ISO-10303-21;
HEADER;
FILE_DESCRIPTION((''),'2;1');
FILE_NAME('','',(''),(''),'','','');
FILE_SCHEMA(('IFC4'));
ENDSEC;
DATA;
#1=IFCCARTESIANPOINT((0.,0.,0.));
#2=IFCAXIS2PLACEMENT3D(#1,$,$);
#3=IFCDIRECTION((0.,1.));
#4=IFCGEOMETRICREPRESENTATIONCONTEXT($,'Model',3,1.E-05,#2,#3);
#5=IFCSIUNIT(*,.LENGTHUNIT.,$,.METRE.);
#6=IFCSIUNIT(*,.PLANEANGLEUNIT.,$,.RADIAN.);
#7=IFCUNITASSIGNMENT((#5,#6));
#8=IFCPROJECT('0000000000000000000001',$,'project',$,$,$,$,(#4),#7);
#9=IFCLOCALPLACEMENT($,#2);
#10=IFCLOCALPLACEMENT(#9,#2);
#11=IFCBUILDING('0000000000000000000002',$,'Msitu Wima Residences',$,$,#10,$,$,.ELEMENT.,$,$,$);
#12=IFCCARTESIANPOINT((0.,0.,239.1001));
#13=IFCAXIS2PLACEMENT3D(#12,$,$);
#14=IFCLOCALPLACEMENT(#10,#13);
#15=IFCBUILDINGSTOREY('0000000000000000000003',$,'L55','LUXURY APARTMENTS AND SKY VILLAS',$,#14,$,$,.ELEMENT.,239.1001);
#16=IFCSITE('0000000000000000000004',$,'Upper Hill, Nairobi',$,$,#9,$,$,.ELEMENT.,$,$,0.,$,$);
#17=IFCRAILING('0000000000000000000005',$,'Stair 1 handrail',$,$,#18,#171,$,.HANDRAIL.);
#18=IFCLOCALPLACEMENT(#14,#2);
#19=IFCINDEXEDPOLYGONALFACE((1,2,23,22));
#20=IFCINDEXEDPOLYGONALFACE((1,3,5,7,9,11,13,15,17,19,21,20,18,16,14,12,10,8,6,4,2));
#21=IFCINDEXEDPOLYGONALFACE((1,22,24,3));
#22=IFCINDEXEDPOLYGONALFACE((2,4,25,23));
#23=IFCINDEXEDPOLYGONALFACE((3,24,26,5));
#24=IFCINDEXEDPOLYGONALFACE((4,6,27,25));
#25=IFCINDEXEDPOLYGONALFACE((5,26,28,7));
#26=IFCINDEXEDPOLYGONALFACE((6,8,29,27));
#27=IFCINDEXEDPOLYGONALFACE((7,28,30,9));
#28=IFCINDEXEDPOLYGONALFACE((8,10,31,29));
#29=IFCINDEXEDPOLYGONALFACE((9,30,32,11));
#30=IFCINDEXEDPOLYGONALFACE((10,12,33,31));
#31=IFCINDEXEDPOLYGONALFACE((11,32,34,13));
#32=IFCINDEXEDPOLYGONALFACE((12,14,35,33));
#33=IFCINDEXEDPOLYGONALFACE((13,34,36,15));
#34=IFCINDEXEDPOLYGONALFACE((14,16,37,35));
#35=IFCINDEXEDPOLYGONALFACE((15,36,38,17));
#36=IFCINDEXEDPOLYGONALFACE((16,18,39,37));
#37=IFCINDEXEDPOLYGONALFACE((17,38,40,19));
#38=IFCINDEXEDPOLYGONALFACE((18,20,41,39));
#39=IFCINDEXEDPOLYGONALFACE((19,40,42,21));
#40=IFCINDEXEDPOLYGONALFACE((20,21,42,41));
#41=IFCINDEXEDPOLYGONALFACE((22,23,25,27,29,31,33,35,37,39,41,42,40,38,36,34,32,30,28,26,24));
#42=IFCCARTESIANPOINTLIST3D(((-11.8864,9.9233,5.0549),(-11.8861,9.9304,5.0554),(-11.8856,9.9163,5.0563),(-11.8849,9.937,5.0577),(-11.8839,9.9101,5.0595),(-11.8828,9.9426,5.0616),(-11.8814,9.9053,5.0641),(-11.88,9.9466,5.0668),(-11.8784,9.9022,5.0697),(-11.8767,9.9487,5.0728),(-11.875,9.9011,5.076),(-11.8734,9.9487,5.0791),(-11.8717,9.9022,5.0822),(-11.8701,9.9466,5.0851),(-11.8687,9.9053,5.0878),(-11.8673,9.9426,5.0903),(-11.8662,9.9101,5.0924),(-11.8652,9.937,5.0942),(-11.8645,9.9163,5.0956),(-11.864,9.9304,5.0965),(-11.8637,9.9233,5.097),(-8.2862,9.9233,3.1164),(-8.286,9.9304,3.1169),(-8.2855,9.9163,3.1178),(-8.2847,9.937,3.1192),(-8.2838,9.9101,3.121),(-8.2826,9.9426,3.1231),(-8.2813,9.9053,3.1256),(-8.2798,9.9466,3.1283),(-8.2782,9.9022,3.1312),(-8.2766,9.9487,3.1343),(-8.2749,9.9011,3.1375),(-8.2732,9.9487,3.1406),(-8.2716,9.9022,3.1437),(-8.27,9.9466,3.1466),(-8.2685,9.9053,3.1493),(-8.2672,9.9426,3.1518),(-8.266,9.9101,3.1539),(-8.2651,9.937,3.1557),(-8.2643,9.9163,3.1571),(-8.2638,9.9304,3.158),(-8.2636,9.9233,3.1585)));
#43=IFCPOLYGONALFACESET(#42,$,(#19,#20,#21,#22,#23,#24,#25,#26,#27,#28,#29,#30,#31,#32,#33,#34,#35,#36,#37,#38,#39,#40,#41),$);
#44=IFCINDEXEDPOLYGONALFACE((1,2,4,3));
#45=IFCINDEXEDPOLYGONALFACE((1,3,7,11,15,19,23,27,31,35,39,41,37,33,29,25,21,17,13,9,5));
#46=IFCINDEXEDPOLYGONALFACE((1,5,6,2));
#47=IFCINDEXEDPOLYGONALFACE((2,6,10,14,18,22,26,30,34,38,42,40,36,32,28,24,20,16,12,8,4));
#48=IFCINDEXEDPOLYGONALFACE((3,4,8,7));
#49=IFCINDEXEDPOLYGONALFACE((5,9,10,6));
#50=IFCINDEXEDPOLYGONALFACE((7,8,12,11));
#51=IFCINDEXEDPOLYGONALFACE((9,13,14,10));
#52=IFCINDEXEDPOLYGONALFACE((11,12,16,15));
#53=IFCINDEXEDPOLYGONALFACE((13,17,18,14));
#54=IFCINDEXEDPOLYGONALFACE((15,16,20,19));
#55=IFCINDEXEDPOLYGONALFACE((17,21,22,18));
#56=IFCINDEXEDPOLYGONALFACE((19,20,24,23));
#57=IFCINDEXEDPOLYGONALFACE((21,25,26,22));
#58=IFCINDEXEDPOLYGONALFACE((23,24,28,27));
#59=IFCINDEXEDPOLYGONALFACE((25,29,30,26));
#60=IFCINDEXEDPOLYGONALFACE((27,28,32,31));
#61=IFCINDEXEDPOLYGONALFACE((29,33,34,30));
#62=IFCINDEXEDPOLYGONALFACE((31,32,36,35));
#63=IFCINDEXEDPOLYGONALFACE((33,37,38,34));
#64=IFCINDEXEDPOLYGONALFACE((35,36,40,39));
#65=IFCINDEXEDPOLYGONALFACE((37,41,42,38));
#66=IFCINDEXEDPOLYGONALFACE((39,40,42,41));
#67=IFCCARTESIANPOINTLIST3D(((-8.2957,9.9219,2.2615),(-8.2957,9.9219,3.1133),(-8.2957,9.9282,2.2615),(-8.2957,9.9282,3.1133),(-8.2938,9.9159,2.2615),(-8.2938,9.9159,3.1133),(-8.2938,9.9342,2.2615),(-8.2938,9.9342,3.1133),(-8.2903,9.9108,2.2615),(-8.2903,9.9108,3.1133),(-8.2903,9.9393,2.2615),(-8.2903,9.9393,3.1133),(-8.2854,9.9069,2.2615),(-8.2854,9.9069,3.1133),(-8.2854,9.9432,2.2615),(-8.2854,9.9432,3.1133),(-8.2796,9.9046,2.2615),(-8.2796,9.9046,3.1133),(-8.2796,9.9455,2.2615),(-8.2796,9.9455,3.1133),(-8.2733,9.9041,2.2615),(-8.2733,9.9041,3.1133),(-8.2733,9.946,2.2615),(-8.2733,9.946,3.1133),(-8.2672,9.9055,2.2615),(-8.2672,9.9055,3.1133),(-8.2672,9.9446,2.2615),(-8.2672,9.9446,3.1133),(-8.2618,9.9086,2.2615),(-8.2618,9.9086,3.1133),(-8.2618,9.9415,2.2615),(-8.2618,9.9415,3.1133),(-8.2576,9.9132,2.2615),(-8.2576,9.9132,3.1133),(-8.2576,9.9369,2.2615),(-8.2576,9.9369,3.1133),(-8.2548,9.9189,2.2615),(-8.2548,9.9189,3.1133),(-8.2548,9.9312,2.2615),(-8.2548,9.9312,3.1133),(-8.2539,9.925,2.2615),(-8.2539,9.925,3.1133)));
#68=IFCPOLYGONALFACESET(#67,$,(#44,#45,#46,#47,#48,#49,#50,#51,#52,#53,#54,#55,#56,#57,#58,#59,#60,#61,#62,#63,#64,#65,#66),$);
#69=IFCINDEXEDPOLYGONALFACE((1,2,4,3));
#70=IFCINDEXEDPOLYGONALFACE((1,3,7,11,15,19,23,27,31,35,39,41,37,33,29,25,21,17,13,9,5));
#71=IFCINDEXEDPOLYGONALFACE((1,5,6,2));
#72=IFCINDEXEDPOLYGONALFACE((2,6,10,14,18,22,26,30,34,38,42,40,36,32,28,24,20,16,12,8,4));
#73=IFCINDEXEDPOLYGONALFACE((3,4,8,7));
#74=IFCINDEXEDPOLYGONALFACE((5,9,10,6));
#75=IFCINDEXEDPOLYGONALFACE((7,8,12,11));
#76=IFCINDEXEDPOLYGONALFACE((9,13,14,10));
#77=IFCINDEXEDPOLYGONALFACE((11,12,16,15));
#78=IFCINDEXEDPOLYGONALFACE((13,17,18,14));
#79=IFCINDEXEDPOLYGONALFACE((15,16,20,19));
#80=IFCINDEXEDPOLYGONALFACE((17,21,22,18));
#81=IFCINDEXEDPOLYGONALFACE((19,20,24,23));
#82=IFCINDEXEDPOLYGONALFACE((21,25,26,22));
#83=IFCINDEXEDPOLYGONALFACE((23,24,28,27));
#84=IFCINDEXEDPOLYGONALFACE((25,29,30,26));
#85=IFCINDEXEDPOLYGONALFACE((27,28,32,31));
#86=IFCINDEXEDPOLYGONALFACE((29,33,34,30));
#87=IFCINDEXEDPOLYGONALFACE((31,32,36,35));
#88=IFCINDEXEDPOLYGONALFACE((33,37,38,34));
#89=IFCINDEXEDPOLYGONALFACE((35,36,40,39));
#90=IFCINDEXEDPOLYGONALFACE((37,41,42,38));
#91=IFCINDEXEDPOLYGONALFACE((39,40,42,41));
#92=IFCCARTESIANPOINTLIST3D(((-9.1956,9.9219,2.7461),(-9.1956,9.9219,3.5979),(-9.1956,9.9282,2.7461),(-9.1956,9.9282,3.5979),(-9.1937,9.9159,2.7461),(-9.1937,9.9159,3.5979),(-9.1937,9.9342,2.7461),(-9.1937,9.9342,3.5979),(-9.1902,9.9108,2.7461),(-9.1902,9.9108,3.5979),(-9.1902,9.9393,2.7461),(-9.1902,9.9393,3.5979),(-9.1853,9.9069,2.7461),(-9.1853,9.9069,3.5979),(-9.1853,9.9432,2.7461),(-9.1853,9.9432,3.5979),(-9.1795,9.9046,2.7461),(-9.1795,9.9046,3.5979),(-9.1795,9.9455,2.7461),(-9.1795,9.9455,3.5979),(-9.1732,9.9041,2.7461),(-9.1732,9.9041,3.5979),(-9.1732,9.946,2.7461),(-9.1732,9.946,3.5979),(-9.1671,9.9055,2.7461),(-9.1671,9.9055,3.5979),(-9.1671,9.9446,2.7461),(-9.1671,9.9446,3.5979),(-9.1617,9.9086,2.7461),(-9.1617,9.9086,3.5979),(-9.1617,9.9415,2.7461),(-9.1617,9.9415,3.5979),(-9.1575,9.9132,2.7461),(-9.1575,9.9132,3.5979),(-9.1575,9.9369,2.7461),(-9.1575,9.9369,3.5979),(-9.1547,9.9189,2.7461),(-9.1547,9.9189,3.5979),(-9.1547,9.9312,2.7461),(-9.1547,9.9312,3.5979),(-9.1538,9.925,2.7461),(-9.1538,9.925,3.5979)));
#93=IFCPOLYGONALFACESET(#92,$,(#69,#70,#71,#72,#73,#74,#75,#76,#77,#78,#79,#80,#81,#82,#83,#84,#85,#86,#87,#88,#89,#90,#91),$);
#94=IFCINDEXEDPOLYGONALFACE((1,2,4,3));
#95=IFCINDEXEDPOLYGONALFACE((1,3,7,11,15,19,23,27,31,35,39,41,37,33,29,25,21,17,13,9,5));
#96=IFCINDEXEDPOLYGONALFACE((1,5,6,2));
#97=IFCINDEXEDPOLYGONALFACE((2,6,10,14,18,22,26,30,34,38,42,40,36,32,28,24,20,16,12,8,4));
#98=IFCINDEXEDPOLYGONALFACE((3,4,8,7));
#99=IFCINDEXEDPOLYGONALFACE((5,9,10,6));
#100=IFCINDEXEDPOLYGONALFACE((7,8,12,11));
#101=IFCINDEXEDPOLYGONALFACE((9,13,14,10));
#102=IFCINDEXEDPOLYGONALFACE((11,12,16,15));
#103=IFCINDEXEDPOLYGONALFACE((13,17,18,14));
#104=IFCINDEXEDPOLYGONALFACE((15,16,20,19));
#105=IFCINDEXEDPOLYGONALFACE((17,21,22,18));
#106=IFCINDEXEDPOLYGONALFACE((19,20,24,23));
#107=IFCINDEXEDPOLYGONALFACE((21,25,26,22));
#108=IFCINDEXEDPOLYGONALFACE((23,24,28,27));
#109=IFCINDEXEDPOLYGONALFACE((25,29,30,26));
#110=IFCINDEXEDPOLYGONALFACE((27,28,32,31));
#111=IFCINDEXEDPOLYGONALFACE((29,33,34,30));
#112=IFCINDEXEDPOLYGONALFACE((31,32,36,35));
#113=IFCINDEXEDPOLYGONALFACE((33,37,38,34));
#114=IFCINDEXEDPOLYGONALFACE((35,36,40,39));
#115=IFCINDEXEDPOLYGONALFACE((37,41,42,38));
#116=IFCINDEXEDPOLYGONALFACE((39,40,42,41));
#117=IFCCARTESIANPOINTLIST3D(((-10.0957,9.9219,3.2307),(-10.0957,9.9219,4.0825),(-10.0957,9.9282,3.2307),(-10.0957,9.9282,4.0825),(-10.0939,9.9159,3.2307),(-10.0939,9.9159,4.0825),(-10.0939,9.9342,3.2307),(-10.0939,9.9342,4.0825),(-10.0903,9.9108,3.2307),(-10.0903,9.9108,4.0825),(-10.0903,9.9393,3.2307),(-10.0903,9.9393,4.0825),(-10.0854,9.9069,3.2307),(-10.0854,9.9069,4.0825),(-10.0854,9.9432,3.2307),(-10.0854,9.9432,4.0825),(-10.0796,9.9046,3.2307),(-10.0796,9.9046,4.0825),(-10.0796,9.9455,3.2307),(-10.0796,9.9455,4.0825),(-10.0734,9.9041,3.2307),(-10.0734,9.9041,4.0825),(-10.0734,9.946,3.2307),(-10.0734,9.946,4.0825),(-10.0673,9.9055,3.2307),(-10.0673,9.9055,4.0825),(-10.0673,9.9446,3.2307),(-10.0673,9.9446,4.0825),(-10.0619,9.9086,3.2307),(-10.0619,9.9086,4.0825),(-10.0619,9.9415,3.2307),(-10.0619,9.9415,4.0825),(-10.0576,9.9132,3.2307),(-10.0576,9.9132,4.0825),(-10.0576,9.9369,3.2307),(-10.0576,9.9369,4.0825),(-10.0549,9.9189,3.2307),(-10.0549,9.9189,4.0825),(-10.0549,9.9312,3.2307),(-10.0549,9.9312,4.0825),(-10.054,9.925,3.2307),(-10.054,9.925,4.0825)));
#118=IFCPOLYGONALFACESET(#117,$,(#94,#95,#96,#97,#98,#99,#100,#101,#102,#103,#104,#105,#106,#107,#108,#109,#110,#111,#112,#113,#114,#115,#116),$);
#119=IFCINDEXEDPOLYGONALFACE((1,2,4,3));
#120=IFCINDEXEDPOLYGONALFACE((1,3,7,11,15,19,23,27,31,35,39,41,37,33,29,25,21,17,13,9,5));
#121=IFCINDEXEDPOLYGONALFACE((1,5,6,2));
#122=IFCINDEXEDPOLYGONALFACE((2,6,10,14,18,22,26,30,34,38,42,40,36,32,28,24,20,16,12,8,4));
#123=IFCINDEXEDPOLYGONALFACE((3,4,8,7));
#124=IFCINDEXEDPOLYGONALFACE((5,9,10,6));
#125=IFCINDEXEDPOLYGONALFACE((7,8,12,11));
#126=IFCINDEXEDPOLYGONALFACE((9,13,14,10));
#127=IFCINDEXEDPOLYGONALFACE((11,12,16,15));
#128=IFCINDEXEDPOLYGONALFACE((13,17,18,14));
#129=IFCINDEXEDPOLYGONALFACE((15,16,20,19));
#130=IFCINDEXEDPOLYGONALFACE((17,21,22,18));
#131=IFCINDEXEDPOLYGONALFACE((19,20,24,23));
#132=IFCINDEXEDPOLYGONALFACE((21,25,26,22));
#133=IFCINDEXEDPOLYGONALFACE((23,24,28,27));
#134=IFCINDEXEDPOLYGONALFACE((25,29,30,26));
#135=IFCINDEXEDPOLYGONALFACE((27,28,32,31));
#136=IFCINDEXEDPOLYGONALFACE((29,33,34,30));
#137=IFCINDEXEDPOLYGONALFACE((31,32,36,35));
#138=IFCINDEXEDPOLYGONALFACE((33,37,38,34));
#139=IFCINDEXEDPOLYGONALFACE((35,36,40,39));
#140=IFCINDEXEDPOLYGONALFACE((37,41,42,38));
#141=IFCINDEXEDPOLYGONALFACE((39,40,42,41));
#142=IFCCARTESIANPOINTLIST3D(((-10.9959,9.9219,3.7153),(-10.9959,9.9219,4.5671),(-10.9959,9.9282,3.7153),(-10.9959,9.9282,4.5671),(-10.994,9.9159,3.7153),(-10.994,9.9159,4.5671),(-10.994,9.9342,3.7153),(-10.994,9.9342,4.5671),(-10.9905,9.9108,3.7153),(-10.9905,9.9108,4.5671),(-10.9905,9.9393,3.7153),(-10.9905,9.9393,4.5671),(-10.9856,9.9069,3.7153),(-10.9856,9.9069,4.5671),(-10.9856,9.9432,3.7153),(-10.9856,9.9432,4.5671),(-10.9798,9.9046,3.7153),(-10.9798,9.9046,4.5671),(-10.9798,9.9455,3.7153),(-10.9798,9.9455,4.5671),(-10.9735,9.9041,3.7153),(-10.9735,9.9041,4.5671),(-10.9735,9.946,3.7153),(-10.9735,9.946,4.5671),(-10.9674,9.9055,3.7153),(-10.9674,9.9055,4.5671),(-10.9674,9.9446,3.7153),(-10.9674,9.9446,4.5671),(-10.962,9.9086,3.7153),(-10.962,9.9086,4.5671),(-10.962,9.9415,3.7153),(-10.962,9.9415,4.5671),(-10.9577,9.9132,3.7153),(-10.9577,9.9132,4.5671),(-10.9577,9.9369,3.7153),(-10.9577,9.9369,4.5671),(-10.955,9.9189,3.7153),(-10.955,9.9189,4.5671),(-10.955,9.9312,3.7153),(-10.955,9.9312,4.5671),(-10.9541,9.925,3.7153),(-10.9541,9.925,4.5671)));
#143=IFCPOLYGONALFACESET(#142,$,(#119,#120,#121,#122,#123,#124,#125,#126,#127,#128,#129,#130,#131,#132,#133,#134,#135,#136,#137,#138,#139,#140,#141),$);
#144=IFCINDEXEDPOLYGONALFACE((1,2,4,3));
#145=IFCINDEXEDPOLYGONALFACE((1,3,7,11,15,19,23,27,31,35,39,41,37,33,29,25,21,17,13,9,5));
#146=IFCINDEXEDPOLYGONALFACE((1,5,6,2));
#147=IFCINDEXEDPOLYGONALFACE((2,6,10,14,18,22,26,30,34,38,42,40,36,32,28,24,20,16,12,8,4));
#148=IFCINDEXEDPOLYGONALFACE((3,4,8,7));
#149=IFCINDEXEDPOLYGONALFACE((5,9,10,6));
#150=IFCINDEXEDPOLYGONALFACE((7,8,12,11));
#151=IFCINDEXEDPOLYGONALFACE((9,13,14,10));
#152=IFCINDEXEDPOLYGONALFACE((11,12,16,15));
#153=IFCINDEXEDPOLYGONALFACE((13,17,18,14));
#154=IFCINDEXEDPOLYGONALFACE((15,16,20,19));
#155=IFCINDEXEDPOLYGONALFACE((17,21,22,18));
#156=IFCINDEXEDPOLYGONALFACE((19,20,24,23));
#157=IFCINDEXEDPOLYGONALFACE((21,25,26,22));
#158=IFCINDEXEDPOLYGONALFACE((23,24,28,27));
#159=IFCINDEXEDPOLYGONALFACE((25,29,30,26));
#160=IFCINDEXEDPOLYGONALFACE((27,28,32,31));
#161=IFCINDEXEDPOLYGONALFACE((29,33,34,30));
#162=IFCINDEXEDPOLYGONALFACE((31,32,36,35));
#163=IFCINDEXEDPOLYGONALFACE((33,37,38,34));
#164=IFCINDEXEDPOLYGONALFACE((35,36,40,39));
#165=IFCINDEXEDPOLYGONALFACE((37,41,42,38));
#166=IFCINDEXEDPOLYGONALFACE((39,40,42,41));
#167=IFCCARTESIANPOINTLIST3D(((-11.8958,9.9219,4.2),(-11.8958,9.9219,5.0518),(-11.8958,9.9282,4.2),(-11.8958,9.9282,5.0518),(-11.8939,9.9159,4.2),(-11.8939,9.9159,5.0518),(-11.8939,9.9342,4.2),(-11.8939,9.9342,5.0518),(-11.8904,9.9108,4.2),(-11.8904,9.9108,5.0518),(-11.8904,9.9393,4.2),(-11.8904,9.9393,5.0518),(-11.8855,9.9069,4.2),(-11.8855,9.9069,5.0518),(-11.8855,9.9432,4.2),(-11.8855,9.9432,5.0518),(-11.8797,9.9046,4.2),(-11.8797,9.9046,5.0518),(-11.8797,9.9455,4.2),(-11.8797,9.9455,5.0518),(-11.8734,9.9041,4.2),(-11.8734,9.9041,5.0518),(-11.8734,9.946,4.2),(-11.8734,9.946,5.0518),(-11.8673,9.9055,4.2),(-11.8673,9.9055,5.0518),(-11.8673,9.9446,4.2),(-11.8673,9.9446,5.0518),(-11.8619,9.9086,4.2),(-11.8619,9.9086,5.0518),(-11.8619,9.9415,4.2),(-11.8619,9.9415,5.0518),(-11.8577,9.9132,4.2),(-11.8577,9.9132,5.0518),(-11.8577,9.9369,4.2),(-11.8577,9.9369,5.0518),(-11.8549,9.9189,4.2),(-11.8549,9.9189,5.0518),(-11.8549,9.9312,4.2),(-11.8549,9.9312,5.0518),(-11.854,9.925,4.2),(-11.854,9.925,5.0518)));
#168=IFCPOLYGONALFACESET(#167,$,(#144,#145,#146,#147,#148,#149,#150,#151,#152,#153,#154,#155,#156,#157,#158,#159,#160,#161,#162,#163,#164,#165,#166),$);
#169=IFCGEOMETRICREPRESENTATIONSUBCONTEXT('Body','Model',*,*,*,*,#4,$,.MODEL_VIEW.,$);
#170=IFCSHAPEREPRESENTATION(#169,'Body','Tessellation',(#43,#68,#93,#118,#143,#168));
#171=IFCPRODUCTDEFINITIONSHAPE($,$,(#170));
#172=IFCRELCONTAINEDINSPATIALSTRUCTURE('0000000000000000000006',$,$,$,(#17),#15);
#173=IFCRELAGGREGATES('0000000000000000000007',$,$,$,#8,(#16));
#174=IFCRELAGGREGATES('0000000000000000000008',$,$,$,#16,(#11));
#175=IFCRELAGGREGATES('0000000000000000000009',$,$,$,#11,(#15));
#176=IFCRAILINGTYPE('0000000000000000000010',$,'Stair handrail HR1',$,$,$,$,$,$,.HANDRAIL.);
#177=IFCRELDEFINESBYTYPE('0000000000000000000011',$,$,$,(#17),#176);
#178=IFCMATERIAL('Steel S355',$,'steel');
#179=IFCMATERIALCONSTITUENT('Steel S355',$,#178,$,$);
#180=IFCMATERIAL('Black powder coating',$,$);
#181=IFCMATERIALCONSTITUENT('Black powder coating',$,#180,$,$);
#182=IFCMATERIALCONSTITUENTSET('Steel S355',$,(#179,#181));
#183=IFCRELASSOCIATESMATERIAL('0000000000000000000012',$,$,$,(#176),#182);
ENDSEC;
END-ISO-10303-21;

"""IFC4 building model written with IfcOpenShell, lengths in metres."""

from ifc_helpers import new_model, si_unit, direction, frame, origin, origin_2d, place, context, subcontext, project, spatial, circle, extrude, material, constituent, constituent_set, type_object, element, save


model = new_model("IFC4")

# Units and contexts
model_context = context("Model", 3, precision=1e-05, world=origin(), true_north=direction((0.0, 1.0)))
body_context = subcontext(model_context, "Body", "Model", "MODEL_VIEW")
ifc_project = project(units=[si_unit("LENGTHUNIT", "METRE"), si_unit("PLANEANGLEUNIT", "RADIAN")], contexts=[model_context])

# Site, building, storey
site_placement = place(None, origin())
site = spatial("IfcSite", under=ifc_project, at=site_placement, Name="Upper Hill, Nairobi", CompositionType="ELEMENT", RefElevation=0.0)
building_placement = place(site_placement, origin())
building = spatial("IfcBuilding", under=site, at=building_placement, Name="Msitu Wima Residences", CompositionType="ELEMENT")
storey_placement = place(building_placement, frame((0.0, 0.0, 239.1001)))
storey = spatial("IfcBuildingStorey", under=building, at=storey_placement, Name="L55", Description="LUXURY APARTMENTS AND SKY VILLAS", CompositionType="ELEMENT", Elevation=239.1001)

# Railing
ifc_material_1 = material(Name="Steel S355", Category="steel")
ifc_constituent_1 = constituent(ifc_material_1, Name="Steel S355")
ifc_material_2 = material(Name="Black powder coating")
ifc_constituent_2 = constituent(ifc_material_2, Name="Black powder coating")
ifc_constituent_set = constituent_set(constituents=[ifc_constituent_1, ifc_constituent_2], Name="Steel S355")
railing_type = type_object("IfcRailingType", Name="Stair handrail HR1", PredefinedType="HANDRAIL", material=ifc_constituent_set)
railing_placement = place(storey_placement, frame((-8.2749, 9.925, 2.2615)))
element("IfcRailing", 1, at=railing_placement, inside=storey, type_object=railing_type, Name="Stair 1 handrail", PredefinedType="HANDRAIL", context=body_context, shape_type="SweptSolid", body=[
    extrude(circle(Radius=0.0239, at=origin_2d()), frame((0.0, 0.0, 0.876), z_axis=(-0.880475, 0.0, 0.474093), x_axis=(0.0, -1.0, 0.0)), (0.0, 0.0, 1.0), 4.0889),
    extrude(circle(Radius=0.021, at=origin_2d()), origin(), (0.0, 0.0, 1.0), 0.8518),
    extrude(circle(Radius=0.021, at=origin_2d()), frame((-0.8999, 0.0, 0.4846)), (0.0, 0.0, 1.0), 0.8518),
    extrude(circle(Radius=0.021, at=origin_2d()), frame((-1.8, 0.0, 0.9692)), (0.0, 0.0, 1.0), 0.8518),
    extrude(circle(Radius=0.021, at=origin_2d()), frame((-2.7002, 0.0, 1.4539)), (0.0, 0.0, 1.0), 0.8518),
    extrude(circle(Radius=0.021, at=origin_2d()), frame((-3.6001, 0.0, 1.9385)), (0.0, 0.0, 1.0), 0.8518),
])

save(model, "model.ifc")
